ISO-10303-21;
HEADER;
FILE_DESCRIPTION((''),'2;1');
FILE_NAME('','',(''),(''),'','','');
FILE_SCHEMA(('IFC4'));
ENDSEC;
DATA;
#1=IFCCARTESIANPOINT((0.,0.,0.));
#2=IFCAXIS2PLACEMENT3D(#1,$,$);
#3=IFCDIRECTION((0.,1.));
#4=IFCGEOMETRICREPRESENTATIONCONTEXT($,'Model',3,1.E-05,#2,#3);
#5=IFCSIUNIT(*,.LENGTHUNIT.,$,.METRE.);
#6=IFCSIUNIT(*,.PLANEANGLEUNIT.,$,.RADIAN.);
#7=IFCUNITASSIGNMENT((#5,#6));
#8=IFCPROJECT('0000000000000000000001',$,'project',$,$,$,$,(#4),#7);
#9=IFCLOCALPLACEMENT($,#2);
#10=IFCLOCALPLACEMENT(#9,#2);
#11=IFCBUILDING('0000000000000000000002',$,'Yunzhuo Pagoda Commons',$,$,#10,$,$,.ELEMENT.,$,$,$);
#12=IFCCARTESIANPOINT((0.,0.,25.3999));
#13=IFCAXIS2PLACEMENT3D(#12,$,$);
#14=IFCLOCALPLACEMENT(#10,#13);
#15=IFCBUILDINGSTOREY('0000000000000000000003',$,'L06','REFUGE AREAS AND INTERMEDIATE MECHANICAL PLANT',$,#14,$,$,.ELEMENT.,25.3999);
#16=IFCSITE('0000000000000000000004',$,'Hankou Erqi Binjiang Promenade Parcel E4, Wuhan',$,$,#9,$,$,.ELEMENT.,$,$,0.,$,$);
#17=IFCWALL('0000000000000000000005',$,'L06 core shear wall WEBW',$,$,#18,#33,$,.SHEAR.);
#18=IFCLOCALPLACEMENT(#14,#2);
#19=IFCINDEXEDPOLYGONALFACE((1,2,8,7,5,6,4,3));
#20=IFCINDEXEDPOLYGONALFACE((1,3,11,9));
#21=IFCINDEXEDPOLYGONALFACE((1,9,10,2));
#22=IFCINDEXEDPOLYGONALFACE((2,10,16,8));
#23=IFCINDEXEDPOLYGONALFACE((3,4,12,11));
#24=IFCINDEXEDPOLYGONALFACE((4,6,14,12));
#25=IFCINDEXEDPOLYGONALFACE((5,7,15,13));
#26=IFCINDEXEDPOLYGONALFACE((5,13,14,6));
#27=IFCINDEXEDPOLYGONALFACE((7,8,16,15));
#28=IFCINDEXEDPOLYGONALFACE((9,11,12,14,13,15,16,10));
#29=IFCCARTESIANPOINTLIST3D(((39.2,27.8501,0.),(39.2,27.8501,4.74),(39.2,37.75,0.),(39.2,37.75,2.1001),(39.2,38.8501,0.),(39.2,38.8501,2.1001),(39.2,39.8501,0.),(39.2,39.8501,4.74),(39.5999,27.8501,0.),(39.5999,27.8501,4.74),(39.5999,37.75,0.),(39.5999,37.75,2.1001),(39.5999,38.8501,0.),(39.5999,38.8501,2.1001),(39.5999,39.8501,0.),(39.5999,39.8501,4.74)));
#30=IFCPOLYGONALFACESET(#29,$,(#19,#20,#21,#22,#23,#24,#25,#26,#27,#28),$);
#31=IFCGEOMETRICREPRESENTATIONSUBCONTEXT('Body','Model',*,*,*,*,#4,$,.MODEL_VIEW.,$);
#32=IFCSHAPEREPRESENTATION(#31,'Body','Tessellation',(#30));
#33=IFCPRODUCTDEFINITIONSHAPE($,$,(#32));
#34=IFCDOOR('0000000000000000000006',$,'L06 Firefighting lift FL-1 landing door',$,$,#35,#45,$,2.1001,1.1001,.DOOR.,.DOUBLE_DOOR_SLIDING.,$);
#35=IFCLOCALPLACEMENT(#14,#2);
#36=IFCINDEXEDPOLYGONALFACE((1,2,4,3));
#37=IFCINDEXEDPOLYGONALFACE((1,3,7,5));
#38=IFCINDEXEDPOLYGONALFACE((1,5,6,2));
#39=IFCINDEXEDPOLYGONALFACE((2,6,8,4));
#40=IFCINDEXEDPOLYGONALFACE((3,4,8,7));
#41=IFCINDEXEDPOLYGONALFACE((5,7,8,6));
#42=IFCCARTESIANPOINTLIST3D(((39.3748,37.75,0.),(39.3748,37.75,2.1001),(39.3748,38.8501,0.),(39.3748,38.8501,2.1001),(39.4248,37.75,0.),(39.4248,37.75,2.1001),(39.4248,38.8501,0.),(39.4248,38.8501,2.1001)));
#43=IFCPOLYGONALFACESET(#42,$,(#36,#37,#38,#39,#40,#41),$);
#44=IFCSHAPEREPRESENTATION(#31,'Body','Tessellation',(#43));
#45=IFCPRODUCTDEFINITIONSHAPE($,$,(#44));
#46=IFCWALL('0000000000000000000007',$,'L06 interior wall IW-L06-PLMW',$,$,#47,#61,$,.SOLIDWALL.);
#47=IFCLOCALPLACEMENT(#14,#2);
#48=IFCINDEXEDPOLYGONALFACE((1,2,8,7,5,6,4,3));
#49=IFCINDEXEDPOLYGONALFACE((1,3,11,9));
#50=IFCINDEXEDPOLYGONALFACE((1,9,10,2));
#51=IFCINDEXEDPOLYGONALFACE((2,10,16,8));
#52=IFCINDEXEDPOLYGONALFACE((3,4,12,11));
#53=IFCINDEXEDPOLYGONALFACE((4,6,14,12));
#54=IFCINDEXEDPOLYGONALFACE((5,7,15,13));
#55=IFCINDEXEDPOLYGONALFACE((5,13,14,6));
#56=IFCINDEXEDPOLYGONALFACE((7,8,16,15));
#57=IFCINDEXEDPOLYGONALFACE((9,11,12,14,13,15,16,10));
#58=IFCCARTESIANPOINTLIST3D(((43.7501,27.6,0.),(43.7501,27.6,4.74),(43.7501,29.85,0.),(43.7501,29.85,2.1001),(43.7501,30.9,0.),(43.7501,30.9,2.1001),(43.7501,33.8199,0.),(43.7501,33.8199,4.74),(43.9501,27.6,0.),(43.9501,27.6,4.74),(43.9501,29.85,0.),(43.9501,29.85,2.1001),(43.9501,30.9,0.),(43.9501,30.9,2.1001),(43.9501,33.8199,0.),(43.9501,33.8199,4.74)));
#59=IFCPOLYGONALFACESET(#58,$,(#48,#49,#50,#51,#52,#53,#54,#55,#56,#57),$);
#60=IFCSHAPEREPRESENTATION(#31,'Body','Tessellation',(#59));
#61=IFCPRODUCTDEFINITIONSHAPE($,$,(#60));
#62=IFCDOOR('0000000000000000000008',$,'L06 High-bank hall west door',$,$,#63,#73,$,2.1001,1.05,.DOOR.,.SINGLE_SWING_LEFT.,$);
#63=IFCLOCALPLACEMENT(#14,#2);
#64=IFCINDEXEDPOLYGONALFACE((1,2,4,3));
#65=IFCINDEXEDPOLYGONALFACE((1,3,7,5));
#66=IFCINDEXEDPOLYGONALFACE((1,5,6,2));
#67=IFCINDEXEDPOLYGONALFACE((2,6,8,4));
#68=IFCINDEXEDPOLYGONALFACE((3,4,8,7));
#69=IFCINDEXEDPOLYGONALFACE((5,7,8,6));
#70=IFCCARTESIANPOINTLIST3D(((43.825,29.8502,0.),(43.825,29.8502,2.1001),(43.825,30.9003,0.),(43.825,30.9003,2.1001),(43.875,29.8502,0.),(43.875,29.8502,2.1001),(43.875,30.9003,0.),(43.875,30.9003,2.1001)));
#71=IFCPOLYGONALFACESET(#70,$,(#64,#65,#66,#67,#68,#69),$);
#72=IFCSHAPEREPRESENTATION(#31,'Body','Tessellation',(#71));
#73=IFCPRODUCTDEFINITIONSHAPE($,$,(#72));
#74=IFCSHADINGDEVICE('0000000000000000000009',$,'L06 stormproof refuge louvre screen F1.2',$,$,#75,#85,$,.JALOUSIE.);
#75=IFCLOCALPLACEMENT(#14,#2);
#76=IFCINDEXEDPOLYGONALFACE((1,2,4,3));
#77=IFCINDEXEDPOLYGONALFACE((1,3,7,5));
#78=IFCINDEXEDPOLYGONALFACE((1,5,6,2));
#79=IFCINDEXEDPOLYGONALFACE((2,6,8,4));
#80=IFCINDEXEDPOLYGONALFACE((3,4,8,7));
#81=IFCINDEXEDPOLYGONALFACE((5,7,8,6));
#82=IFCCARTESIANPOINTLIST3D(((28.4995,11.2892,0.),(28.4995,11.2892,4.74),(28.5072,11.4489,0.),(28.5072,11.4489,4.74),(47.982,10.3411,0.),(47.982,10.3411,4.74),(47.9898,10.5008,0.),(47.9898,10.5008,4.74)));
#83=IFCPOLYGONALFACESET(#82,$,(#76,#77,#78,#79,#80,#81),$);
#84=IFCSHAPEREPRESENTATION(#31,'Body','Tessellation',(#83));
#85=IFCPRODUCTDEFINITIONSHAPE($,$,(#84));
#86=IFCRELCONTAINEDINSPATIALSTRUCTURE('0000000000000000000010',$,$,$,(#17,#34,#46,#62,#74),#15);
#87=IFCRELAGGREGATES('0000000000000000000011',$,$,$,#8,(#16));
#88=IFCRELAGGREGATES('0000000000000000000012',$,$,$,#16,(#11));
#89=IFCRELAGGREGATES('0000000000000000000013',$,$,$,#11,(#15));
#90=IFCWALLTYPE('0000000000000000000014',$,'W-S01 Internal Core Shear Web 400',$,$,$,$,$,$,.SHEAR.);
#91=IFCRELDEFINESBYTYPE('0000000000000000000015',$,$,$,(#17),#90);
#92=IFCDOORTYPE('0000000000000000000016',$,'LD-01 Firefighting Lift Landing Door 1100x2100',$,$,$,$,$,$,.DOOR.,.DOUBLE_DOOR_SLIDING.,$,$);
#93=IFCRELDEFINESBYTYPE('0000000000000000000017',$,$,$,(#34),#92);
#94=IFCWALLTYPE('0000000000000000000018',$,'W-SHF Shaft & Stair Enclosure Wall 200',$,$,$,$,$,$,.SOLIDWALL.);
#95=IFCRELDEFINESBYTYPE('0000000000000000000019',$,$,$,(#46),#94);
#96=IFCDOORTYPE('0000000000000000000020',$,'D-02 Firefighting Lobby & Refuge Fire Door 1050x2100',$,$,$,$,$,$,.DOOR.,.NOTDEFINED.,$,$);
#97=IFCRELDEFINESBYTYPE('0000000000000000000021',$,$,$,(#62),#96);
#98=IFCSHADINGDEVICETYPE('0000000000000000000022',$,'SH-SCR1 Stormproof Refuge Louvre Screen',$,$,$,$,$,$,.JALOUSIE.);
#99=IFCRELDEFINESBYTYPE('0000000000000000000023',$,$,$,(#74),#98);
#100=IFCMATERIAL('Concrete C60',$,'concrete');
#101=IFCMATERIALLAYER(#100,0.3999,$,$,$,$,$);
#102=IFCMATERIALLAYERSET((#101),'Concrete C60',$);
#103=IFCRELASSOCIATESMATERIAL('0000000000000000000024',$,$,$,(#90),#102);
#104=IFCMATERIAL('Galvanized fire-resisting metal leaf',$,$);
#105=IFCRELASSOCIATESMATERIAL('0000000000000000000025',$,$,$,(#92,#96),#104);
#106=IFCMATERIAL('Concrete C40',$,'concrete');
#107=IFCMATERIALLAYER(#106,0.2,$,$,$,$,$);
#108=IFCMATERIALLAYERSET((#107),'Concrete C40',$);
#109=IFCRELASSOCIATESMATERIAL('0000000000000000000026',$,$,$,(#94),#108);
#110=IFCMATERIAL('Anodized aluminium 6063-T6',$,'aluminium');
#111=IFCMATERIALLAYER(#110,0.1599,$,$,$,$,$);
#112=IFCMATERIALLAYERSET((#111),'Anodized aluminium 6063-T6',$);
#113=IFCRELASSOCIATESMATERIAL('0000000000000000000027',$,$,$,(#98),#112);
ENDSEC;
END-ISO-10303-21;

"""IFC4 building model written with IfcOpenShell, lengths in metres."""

from ifc_helpers import new_model, si_unit, direction, frame, frame_2d, origin, origin_2d, place, context, subcontext, project, spatial, rectangle, extrude, source, transform, mapped, material, layer, layer_set, type_object, element, fill, save


model = new_model("IFC4")

# Units and contexts
model_context = context("Model", 3, precision=1e-05, world=origin(), true_north=direction((0.0, 1.0)))
body_context = subcontext(model_context, "Body", "Model", "MODEL_VIEW")
ifc_project = project(units=[si_unit("LENGTHUNIT", "METRE"), si_unit("PLANEANGLEUNIT", "RADIAN")], contexts=[model_context])

# Site, building, storey
site_placement = place(None, origin())
site = spatial("IfcSite", under=ifc_project, at=site_placement, Name="Hankou Erqi Binjiang Promenade Parcel E4, Wuhan", CompositionType="ELEMENT", RefElevation=0.0)
building_placement = place(site_placement, origin())
building = spatial("IfcBuilding", under=site, at=building_placement, Name="Yunzhuo Pagoda Commons", CompositionType="ELEMENT")
storey_placement = place(building_placement, frame((0.0, 0.0, 25.3999)))
storey = spatial("IfcBuildingStorey", under=building, at=storey_placement, Name="L06", Description="REFUGE AREAS AND INTERMEDIATE MECHANICAL PLANT", CompositionType="ELEMENT", Elevation=25.3999)

# Shared definitions
ifc_material_1 = material(Name="Concrete C60", Category="concrete")

# Shared definitions
ifc_material_2 = material(Name="Galvanized fire-resisting metal leaf")

# Walls, openings, doors
ifc_layer_1 = layer(ifc_material_1, 0.3999)
ifc_layer_set_1 = layer_set([ifc_layer_1], Name="Concrete C60")
wall_type_1 = type_object("IfcWallType", Name="W-S01 Internal Core Shear Web 400", PredefinedType="SHEAR", material=ifc_layer_set_1)
wall_1_placement = place(storey_placement, frame((39.3999, 27.8501, 0.0), z_axis=(0.0, 0.0, 1.0), x_axis=(0.0, 1.0, 0.0)))
wall_1 = element("IfcWall", 1, at=wall_1_placement, inside=storey, type_object=wall_type_1, Name="L06 core shear wall WEBW", PredefinedType="SHEAR", context=body_context, shape_type="SweptSolid", body=[
    extrude(rectangle(XDim=12.0, YDim=0.3999, at=frame_2d((6.0, 0.0))), origin(), (0.0, 0.0, 1.0), 4.74),
])
opening_1_placement = place(wall_1_placement, frame((9.8999, 0.0, 0.0)))
opening_1 = element("IfcOpeningElement", 2, at=opening_1_placement, cuts=wall_1, PredefinedType="OPENING", context=body_context, shape_type="SweptSolid", body=[
    extrude(rectangle(XDim=1.1001, YDim=2.1001, at=frame_2d((0.55, 1.05))), frame((0.0, 0.21, 0.0), z_axis=(0.0, -1.0, 0.0), x_axis=(1.0, 0.0, 0.0)), (0.0, 0.0, 1.0), 0.4199),
])
door_type_1 = type_object("IfcDoorType", Name="LD-01 Firefighting Lift Landing Door 1100x2100", OperationType="DOUBLE_DOOR_SLIDING", PredefinedType="DOOR", material=ifc_material_2)
shared_shape_1 = source(origin(), body_context, "Body", "SweptSolid", [
    extrude(rectangle(XDim=1.1001, YDim=2.1001, at=frame_2d((0.55, 1.05))), frame((0.0, 0.0249, 0.0), z_axis=(0.0, -1.0, 0.0), x_axis=(1.0, 0.0, 0.0)), (0.0, 0.0, 1.0), 0.05),
])
door_1_placement = place(opening_1_placement, frame((1.1001, 0.0, 0.0), z_axis=(0.0, 0.0, 1.0), x_axis=(-1.0, 0.0, 0.0)))
door_1 = element("IfcDoor", 3, at=door_1_placement, inside=storey, type_object=door_type_1, Name="L06 Firefighting lift FL-1 landing door", OperationType="DOUBLE_DOOR_SLIDING", OverallHeight=2.1001, OverallWidth=1.1001, PredefinedType="DOOR", context=body_context, shape_type="MappedRepresentation", body=[
    mapped(shared_shape_1, transform((0.0, 0.0, 0.0), scale=1.0)),
])
fill(opening_1, door_1)
ifc_material_3 = material(Name="Concrete C40", Category="concrete")
ifc_layer_2 = layer(ifc_material_3, 0.2)
ifc_layer_set_2 = layer_set([ifc_layer_2], Name="Concrete C40")
wall_type_2 = type_object("IfcWallType", Name="W-SHF Shaft & Stair Enclosure Wall 200", PredefinedType="SOLIDWALL", material=ifc_layer_set_2)
wall_2_placement = place(storey_placement, frame((43.8501, 27.6001, 0.0), z_axis=(0.0, 0.0, 1.0), x_axis=(0.0, 1.0, 0.0)))
wall_2 = element("IfcWall", 4, at=wall_2_placement, inside=storey, type_object=wall_type_2, Name="L06 interior wall IW-L06-PLMW", PredefinedType="SOLIDWALL", context=body_context, shape_type="SweptSolid", body=[
    extrude(rectangle(XDim=6.22, YDim=0.2, at=frame_2d((3.1099, 0.0))), origin(), (0.0, 0.0, 1.0), 4.74),
])
opening_2_placement = place(wall_2_placement, frame((2.25, 0.0, 0.0)))
opening_2 = element("IfcOpeningElement", 5, at=opening_2_placement, cuts=wall_2, PredefinedType="OPENING", context=body_context, shape_type="SweptSolid", body=[
    extrude(rectangle(XDim=1.05, YDim=2.1001, at=frame_2d((0.5249, 1.05))), frame((0.0, 0.1099, 0.0), z_axis=(0.0, -1.0, 0.0), x_axis=(1.0, 0.0, 0.0)), (0.0, 0.0, 1.0), 0.22),
])
door_type_2 = type_object("IfcDoorType", Name="D-02 Firefighting Lobby & Refuge Fire Door 1050x2100", OperationType="NOTDEFINED", PredefinedType="DOOR", material=ifc_material_2)
shared_shape_2 = source(origin(), body_context, "Body", "SweptSolid", [
    extrude(rectangle(XDim=1.05, YDim=2.1001, at=frame_2d((0.5249, 1.05))), frame((0.0, 0.0249, 0.0), z_axis=(0.0, -1.0, 0.0), x_axis=(1.0, 0.0, 0.0)), (0.0, 0.0, 1.0), 0.05),
])
door_2_placement = place(opening_2_placement, frame((1.05, 0.0, 0.0), z_axis=(0.0, 0.0, 1.0), x_axis=(-1.0, 0.0, 0.0)))
door_2 = element("IfcDoor", 6, at=door_2_placement, inside=storey, type_object=door_type_2, Name="L06 High-bank hall west door", OperationType="SINGLE_SWING_LEFT", OverallHeight=2.1001, OverallWidth=1.05, PredefinedType="DOOR", context=body_context, shape_type="MappedRepresentation", body=[
    mapped(shared_shape_2, transform((0.0, 0.0, 0.0), scale=1.0)),
])
fill(opening_2, door_2)

# Shading device
ifc_material_4 = material(Name="Anodized aluminium 6063-T6", Category="aluminium")
ifc_layer_3 = layer(ifc_material_4, 0.1599)
ifc_layer_set_3 = layer_set([ifc_layer_3], Name="Anodized aluminium 6063-T6")
shading_device_type = type_object("IfcShadingDeviceType", Name="SH-SCR1 Stormproof Refuge Louvre Screen", PredefinedType="JALOUSIE", material=ifc_layer_set_3)
shared_shape_3 = source(origin(), body_context, "Body", "SweptSolid", [
    extrude(rectangle(XDim=19.5056, YDim=0.1599, at=origin_2d()), origin(), (0.0, 0.0, 1.0), 4.74),
])
shading_device_placement = place(storey_placement, frame((38.2446, 10.895, 0.0), z_axis=(0.0, 0.0, 1.0), x_axis=(0.998818, -0.048606, 0.0)))
element("IfcShadingDevice", 7, at=shading_device_placement, inside=storey, type_object=shading_device_type, Name="L06 stormproof refuge louvre screen F1.2", PredefinedType="JALOUSIE", context=body_context, shape_type="MappedRepresentation", body=[
    mapped(shared_shape_3, transform((0.0, 0.0, 0.0), scale=1.0)),
])

save(model, "model.ifc")
